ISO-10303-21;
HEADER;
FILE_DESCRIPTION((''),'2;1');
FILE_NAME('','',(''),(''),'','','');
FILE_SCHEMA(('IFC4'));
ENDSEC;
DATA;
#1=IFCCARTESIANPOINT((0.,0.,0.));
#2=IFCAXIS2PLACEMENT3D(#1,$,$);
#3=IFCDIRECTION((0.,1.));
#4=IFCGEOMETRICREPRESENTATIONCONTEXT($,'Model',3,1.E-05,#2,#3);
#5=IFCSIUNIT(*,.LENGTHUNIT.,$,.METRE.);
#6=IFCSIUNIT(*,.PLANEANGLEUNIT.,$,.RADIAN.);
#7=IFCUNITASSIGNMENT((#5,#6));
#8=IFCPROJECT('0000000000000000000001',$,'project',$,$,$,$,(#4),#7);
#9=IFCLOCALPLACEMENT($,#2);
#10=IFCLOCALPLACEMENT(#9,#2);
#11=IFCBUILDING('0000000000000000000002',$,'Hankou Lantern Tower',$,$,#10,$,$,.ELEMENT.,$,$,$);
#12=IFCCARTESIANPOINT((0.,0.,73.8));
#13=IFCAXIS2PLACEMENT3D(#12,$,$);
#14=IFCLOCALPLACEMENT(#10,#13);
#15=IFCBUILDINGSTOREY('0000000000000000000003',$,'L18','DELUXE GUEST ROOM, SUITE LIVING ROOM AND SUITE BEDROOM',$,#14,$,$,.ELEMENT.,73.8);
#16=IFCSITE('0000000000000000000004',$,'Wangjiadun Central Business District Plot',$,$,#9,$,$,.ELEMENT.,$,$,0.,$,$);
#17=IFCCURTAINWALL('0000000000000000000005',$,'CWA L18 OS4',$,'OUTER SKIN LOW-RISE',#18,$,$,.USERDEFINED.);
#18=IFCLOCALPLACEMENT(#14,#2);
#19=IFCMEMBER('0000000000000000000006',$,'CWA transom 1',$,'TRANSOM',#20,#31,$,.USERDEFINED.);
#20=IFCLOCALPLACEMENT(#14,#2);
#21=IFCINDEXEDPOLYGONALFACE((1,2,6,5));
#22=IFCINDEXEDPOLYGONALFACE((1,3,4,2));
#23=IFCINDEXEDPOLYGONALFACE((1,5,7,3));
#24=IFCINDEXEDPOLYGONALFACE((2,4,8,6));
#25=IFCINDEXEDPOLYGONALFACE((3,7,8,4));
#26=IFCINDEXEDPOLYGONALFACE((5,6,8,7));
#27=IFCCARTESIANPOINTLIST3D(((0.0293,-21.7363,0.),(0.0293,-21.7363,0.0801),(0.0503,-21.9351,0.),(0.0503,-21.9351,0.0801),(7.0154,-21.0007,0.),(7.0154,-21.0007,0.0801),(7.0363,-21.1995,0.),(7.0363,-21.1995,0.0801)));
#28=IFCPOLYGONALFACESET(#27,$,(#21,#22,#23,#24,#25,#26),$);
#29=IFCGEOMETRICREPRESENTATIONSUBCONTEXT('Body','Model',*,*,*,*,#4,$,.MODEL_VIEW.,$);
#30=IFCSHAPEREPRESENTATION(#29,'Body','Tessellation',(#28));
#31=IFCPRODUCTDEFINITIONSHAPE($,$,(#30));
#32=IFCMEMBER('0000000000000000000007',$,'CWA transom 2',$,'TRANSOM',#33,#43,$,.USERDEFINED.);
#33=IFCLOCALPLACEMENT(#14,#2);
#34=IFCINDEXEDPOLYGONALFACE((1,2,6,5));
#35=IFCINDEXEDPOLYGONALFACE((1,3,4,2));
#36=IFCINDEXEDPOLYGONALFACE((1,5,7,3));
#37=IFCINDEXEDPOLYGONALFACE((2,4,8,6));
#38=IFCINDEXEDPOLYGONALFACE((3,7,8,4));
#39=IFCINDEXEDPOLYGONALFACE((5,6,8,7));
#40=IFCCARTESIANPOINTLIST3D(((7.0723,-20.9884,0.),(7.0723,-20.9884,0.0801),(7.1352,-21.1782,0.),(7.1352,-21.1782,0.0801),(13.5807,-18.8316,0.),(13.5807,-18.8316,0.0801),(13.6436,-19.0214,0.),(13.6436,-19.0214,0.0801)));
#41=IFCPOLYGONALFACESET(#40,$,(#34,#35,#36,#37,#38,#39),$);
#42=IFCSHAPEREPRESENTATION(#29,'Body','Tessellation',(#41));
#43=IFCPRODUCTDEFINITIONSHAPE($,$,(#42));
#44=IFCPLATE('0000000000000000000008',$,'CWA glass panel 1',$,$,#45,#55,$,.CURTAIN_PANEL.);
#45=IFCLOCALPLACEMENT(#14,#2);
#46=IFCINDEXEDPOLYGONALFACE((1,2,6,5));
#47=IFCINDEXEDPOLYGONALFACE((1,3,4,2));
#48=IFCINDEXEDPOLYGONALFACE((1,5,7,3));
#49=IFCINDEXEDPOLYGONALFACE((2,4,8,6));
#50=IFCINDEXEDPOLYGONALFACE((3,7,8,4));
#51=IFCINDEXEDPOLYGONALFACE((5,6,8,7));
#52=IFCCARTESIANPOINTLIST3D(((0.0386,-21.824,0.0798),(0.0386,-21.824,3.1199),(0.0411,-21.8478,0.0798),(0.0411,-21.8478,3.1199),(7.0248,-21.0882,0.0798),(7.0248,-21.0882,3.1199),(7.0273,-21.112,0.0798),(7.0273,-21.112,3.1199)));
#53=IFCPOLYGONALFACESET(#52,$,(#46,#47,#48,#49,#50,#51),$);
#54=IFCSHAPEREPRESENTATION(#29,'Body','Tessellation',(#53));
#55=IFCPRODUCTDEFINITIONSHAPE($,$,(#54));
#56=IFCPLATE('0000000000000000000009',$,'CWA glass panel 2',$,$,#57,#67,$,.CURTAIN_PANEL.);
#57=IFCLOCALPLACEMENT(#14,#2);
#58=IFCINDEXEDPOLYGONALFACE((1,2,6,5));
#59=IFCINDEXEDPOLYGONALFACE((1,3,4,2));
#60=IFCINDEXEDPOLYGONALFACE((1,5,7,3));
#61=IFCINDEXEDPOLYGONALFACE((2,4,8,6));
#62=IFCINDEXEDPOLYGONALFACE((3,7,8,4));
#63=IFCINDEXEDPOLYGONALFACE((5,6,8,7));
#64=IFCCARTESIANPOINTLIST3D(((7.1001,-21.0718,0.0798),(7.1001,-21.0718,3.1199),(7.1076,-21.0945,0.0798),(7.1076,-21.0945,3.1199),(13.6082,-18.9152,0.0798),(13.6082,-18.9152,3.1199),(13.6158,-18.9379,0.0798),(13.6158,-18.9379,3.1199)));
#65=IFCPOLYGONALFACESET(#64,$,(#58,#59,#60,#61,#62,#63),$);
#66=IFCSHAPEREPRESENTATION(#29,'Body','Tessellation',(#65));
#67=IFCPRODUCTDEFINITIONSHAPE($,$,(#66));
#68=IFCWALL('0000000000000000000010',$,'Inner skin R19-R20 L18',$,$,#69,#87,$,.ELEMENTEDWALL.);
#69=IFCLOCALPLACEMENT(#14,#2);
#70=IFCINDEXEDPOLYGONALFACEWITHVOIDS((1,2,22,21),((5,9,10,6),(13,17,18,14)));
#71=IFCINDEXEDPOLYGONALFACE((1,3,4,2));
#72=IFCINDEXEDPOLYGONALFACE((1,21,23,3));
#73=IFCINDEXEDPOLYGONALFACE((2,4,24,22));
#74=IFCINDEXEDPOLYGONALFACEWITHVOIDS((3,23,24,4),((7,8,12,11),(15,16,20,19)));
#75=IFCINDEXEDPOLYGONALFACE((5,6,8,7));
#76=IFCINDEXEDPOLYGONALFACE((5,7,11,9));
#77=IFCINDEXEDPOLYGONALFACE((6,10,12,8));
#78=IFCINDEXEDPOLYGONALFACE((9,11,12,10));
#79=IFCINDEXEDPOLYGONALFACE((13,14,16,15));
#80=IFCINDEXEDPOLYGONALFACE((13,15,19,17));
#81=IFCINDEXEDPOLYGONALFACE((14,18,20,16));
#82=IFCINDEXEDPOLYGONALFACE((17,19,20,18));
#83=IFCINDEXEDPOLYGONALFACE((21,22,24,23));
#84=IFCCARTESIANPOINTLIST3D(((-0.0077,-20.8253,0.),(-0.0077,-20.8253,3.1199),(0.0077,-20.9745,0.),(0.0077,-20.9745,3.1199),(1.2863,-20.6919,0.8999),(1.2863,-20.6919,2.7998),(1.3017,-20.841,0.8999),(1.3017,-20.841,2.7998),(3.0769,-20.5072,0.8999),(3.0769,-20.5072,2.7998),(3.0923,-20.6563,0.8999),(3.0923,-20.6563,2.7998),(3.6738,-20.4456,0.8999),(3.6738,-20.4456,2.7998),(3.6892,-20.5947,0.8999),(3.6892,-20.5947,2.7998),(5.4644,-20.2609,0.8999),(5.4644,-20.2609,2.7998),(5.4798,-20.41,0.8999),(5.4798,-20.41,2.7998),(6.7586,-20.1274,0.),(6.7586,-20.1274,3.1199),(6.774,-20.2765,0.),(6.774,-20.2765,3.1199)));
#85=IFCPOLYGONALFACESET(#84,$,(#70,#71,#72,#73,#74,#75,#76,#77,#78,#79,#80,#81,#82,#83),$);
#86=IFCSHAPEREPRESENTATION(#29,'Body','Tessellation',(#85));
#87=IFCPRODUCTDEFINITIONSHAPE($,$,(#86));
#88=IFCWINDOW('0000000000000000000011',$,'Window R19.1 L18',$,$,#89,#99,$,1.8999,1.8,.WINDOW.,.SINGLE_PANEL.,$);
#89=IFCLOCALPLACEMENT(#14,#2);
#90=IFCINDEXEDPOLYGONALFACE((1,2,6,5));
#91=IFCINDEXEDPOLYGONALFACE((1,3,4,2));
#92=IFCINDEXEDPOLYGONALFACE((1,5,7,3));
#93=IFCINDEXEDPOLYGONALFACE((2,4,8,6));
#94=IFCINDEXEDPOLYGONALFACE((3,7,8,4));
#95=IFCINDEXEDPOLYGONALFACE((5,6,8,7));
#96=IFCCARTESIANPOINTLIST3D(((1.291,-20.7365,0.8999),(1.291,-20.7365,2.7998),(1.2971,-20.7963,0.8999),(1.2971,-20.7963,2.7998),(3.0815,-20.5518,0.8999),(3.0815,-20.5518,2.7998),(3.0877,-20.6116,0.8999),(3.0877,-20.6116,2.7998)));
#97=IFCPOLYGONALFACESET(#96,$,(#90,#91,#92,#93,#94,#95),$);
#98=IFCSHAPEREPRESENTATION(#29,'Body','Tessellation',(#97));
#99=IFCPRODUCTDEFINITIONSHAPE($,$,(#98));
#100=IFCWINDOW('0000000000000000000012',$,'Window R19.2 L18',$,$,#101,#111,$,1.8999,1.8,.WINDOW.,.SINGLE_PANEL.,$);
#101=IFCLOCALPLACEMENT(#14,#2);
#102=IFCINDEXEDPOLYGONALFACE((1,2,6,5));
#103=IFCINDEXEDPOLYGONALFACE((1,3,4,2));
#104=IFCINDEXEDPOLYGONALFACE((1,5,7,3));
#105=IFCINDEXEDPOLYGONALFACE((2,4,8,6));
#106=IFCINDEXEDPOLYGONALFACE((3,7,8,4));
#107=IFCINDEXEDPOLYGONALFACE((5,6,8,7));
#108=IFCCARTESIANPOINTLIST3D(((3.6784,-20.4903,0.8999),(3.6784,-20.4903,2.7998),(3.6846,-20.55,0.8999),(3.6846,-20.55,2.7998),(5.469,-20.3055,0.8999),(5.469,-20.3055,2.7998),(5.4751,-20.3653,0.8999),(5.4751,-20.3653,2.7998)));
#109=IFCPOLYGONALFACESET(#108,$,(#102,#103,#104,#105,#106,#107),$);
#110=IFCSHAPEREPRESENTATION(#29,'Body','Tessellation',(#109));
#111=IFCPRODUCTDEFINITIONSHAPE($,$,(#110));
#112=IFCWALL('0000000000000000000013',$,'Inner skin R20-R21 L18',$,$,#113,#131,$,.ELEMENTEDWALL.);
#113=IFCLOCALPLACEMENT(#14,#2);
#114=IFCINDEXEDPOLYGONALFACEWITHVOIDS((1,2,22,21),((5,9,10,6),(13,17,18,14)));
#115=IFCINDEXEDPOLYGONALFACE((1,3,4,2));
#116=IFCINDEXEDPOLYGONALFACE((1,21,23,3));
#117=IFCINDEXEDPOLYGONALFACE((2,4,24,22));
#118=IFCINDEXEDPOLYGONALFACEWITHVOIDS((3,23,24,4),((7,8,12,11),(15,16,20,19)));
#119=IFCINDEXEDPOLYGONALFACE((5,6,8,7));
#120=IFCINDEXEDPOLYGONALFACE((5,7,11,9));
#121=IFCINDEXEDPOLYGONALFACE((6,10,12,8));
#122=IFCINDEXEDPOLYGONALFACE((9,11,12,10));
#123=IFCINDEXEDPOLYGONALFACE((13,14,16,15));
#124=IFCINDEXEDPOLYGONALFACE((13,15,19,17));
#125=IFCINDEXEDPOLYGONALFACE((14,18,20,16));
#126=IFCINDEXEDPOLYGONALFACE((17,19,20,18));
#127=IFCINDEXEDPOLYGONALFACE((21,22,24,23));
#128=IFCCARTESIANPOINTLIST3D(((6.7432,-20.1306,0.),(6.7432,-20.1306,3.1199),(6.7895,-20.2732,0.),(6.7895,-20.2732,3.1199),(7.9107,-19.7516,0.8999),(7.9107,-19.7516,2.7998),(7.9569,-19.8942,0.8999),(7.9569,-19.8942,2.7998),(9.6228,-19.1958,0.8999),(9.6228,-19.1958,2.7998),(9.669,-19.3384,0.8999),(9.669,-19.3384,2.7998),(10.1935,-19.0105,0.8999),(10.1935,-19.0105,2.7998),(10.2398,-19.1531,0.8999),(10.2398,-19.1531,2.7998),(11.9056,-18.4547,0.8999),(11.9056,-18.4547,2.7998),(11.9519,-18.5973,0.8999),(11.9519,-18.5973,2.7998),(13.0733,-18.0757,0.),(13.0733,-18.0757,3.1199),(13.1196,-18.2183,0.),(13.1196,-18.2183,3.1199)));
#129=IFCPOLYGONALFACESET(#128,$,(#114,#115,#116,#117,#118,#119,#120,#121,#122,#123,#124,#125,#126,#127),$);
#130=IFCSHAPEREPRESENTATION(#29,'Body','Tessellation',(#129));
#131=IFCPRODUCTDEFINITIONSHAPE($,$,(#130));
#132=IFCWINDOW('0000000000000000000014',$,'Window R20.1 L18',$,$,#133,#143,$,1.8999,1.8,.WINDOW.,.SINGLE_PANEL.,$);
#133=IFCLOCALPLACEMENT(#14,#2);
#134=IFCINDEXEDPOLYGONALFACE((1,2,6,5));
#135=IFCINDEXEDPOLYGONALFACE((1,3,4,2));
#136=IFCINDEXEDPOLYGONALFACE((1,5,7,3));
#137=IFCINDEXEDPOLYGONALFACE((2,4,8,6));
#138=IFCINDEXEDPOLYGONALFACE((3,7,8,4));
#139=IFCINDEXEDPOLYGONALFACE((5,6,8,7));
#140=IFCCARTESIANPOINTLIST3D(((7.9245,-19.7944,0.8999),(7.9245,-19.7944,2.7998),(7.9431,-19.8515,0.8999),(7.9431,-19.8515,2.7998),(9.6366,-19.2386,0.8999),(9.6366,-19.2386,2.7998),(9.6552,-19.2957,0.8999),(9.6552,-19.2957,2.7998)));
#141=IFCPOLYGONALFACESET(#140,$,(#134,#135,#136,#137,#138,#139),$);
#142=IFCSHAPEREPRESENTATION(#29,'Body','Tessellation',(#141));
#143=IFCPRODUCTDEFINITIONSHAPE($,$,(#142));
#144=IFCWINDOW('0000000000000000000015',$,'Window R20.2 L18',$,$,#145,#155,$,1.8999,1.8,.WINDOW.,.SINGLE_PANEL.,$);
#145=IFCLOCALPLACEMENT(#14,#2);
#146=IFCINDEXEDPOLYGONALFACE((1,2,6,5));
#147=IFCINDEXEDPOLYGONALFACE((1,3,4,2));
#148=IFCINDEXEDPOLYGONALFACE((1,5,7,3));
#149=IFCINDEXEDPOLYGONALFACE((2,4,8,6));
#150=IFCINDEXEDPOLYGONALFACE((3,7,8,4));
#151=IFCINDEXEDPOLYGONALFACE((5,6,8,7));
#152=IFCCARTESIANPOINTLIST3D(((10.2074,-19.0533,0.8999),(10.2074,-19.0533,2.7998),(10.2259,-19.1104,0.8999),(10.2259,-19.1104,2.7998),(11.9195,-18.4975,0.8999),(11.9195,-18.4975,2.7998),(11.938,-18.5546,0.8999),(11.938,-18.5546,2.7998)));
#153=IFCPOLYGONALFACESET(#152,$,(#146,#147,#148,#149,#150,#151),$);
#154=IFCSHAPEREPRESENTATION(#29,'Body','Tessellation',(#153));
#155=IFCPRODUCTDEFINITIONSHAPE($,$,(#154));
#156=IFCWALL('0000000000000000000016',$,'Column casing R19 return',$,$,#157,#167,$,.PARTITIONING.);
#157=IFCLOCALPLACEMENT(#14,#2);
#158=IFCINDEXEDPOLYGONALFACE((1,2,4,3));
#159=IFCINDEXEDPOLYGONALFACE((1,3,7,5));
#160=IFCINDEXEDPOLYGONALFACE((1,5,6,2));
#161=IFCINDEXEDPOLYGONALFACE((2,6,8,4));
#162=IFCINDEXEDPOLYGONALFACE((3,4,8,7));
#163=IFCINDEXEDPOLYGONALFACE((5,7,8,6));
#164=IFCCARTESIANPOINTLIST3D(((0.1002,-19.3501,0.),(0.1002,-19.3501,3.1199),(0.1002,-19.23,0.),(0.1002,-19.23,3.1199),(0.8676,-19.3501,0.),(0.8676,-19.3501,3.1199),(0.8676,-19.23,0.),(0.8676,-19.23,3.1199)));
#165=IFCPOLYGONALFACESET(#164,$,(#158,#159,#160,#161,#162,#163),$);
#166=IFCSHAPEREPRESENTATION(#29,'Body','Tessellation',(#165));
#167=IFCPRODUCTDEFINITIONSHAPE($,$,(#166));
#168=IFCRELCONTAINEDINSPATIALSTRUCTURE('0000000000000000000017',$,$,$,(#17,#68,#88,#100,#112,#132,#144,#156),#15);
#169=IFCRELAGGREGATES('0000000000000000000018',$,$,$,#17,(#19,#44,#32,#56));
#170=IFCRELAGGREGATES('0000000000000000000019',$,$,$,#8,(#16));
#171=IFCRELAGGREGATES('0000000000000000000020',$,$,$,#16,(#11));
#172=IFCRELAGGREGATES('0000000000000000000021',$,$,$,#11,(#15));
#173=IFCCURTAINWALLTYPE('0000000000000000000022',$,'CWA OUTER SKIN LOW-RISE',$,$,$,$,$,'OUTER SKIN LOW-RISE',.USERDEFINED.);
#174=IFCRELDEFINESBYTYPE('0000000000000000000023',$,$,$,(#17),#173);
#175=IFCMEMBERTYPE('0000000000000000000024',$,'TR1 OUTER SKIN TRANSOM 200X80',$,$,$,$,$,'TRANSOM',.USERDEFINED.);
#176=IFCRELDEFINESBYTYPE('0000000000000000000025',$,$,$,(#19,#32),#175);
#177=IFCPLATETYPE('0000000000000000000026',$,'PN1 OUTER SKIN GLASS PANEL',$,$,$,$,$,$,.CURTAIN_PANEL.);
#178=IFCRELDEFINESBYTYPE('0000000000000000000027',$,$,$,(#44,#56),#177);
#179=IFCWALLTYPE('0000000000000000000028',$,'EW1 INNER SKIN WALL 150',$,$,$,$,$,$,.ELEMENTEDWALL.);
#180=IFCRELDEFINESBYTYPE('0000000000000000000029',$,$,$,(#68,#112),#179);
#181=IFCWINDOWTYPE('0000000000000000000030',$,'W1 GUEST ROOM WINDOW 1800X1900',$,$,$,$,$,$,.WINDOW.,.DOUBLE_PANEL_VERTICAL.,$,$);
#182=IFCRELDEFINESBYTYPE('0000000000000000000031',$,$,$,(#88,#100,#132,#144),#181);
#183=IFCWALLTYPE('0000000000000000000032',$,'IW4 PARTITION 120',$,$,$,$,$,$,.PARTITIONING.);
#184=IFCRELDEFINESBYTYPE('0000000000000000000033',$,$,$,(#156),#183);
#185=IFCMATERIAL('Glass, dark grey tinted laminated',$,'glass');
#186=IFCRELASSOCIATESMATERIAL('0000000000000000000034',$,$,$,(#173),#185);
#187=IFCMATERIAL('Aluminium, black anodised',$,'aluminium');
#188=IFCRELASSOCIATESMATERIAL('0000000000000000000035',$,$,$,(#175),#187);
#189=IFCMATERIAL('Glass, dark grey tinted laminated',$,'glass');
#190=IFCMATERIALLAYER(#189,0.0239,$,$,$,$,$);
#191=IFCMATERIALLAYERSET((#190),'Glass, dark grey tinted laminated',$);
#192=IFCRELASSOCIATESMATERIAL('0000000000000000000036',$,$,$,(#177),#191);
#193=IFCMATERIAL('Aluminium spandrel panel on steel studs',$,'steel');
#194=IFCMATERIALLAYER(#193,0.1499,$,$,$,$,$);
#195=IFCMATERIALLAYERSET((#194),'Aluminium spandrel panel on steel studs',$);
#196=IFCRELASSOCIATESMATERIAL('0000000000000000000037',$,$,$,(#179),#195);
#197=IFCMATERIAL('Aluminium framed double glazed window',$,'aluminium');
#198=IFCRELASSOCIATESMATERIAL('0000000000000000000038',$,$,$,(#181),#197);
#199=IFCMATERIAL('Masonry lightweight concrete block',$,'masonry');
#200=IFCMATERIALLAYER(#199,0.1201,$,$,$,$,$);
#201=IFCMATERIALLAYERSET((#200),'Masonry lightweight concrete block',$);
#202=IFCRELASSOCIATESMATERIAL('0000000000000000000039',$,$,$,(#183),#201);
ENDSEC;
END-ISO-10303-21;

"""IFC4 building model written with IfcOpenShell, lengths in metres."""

from ifc_helpers import new_model, si_unit, direction, frame, frame_2d, origin, origin_2d, place, context, subcontext, project, spatial, rectangle, extrude, material, layer, layer_set, material_profile, profile_set, type_object, element, fill, aggregate, save


model = new_model("IFC4")

# Units and contexts
model_context = context("Model", 3, precision=1e-05, world=origin(), true_north=direction((0.0, 1.0)))
body_context = subcontext(model_context, "Body", "Model", "MODEL_VIEW")
ifc_project = project(units=[si_unit("LENGTHUNIT", "METRE"), si_unit("PLANEANGLEUNIT", "RADIAN")], contexts=[model_context])

# Site, building, storey
site_placement = place(None, origin())
site = spatial("IfcSite", under=ifc_project, at=site_placement, Name="Wangjiadun Central Business District Plot", CompositionType="ELEMENT", RefElevation=0.0)
building_placement = place(site_placement, origin())
building = spatial("IfcBuilding", under=site, at=building_placement, Name="Hankou Lantern Tower", CompositionType="ELEMENT")
storey_placement = place(building_placement, frame((0.0, 0.0, 73.8)))
storey = spatial("IfcBuildingStorey", under=building, at=storey_placement, Name="L18", Description="DELUXE GUEST ROOM, SUITE LIVING ROOM AND SUITE BEDROOM", CompositionType="ELEMENT", Elevation=73.8)

# Curtain wall
ifc_material_1 = material(Name="Glass, dark grey tinted laminated", Category="glass")
curtain_wall_type = type_object("IfcCurtainWallType", Name="CWA OUTER SKIN LOW-RISE", ElementType="OUTER SKIN LOW-RISE", PredefinedType="USERDEFINED", material=ifc_material_1)
curtain_wall_placement = place(storey_placement, origin())
curtain_wall = element("IfcCurtainWall", 1, at=curtain_wall_placement, inside=storey, type_object=curtain_wall_type, Name="CWA L18 OS4", ObjectType="OUTER SKIN LOW-RISE", PredefinedType="USERDEFINED")

# Members
ifc_material_2 = material(Name="Aluminium, black anodised", Category="aluminium")
ifc_material_profile_1 = material_profile(ifc_material_2, rectangle(XDim=0.2, YDim=0.0801, at=origin_2d()), Name="TR1 200X80")
ifc_profile_set_1 = profile_set([ifc_material_profile_1], Name="Aluminium, black anodised")
member_type_1 = type_object("IfcMemberType", Name="TR1 OUTER SKIN TRANSOM 200X80", ElementType="TRANSOM", PredefinedType="USERDEFINED", material=ifc_profile_set_1)
member_1_placement = place(storey_placement, frame((0.0398, -21.8357, 0.04), z_axis=(0.994502, 0.104716, 0.0), x_axis=(-0.104716, 0.994502, 0.0)))
member_1 = element("IfcMember", 2, at=member_1_placement, type_object=member_type_1, Name="CWA transom 1", ObjectType="TRANSOM", PredefinedType="USERDEFINED", context=body_context, shape_type="SweptSolid", body=[
    extrude(rectangle(XDim=0.2, YDim=0.0801, at=origin_2d()), origin(), (0.0, 0.0, 1.0), 7.0247),
])
member_2_placement = place(storey_placement, frame((7.1038, -21.0833, 0.04), z_axis=(0.949237, 0.314561, 0.0), x_axis=(-0.314561, 0.949237, 0.0)))
member_2 = element("IfcMember", 3, at=member_2_placement, type_object=member_type_1, Name="CWA transom 2", ObjectType="TRANSOM", PredefinedType="USERDEFINED", context=body_context, shape_type="SweptSolid", body=[
    extrude(rectangle(XDim=0.2, YDim=0.0801, at=origin_2d()), origin(), (0.0, 0.0, 1.0), 6.8564),
])

# Plates
ifc_material_3 = material(Name="Glass, dark grey tinted laminated", Category="glass")
ifc_layer_1 = layer(ifc_material_3, 0.0239)
ifc_layer_set_1 = layer_set([ifc_layer_1], Name="Glass, dark grey tinted laminated")
plate_type = type_object("IfcPlateType", Name="PN1 OUTER SKIN GLASS PANEL", PredefinedType="CURTAIN_PANEL", material=ifc_layer_set_1)
plate_1_placement = place(storey_placement, frame((3.533, -21.468, 0.0798), z_axis=(0.0, 0.0, 1.0), x_axis=(0.994499, 0.104743, 0.0)))
plate_1 = element("IfcPlate", 4, at=plate_1_placement, type_object=plate_type, Name="CWA glass panel 1", PredefinedType="CURTAIN_PANEL", context=body_context, shape_type="SweptSolid", body=[
    extrude(rectangle(XDim=7.0249, YDim=0.0239, at=origin_2d()), origin(), (0.0, 0.0, 1.0), 3.04),
])
plate_2_placement = place(storey_placement, frame((10.3579, -20.0049, 0.0798), z_axis=(0.0, 0.0, 1.0), x_axis=(0.949241, 0.314551, 0.0)))
plate_2 = element("IfcPlate", 5, at=plate_2_placement, type_object=plate_type, Name="CWA glass panel 2", PredefinedType="CURTAIN_PANEL", context=body_context, shape_type="SweptSolid", body=[
    extrude(rectangle(XDim=6.8562, YDim=0.0239, at=origin_2d()), origin(), (0.0, 0.0, 1.0), 3.04),
])
aggregate(curtain_wall, [member_1, plate_1, member_2, plate_2])

# Walls, openings, windows
ifc_material_4 = material(Name="Aluminium spandrel panel on steel studs", Category="steel")
ifc_layer_2 = layer(ifc_material_4, 0.1499)
ifc_layer_set_2 = layer_set([ifc_layer_2], Name="Aluminium spandrel panel on steel studs")
wall_type_1 = type_object("IfcWallType", Name="EW1 INNER SKIN WALL 150", PredefinedType="ELEMENTEDWALL", material=ifc_layer_set_2)
wall_1_placement = place(storey_placement, frame((0.0, -20.8999, 0.0), z_axis=(0.0, 0.0, 1.0), x_axis=(0.994721, 0.102613, 0.0)))
wall_1 = element("IfcWall", 6, at=wall_1_placement, inside=storey, type_object=wall_type_1, Name="Inner skin R19-R20 L18", PredefinedType="ELEMENTEDWALL", context=body_context, shape_type="SweptSolid", body=[
    extrude(rectangle(XDim=6.8022, YDim=0.1499, at=frame_2d((3.4011, 0.0))), origin(), (0.0, 0.0, 1.0), 3.1199),
])
opening_1_placement = place(wall_1_placement, frame((1.301, 0.0, 0.8999)))
opening_1 = element("IfcOpeningElement", 7, at=opening_1_placement, cuts=wall_1, PredefinedType="OPENING", context=body_context, shape_type="SweptSolid", body=[
    extrude(rectangle(XDim=1.8, YDim=1.8999, at=frame_2d((0.8999, 0.95))), frame((0.0, 0.085, 0.0), z_axis=(0.0, -1.0, 0.0), x_axis=(1.0, 0.0, 0.0)), (0.0, 0.0, 1.0), 0.1699),
])
opening_2_placement = place(wall_1_placement, frame((3.7012, 0.0, 0.8999)))
opening_2 = element("IfcOpeningElement", 8, at=opening_2_placement, cuts=wall_1, PredefinedType="OPENING", context=body_context, shape_type="SweptSolid", body=[
    extrude(rectangle(XDim=1.8, YDim=1.8999, at=frame_2d((0.8999, 0.95))), frame((0.0, 0.085, 0.0), z_axis=(0.0, -1.0, 0.0), x_axis=(1.0, 0.0, 0.0)), (0.0, 0.0, 1.0), 0.1699),
])
ifc_material_5 = material(Name="Aluminium framed double glazed window", Category="aluminium")
window_type = type_object("IfcWindowType", Name="W1 GUEST ROOM WINDOW 1800X1900", PartitioningType="DOUBLE_PANEL_VERTICAL", PredefinedType="WINDOW", material=ifc_material_5)
window_1_placement = place(opening_1_placement, origin())
window_1 = element("IfcWindow", 9, at=window_1_placement, inside=storey, type_object=window_type, Name="Window R19.1 L18", OverallHeight=1.8999, OverallWidth=1.8, PartitioningType="SINGLE_PANEL", PredefinedType="WINDOW", context=body_context, shape_type="SweptSolid", body=[
    extrude(rectangle(XDim=1.8, YDim=1.8999, at=frame_2d((0.8999, 0.95))), frame((0.0, 0.03, 0.0), z_axis=(0.0, -1.0, 0.0), x_axis=(1.0, 0.0, 0.0)), (0.0, 0.0, 1.0), 0.0601),
])
fill(opening_1, window_1)
window_2_placement = place(opening_2_placement, origin())
window_2 = element("IfcWindow", 10, at=window_2_placement, inside=storey, type_object=window_type, Name="Window R19.2 L18", OverallHeight=1.8999, OverallWidth=1.8, PartitioningType="SINGLE_PANEL", PredefinedType="WINDOW", context=body_context, shape_type="SweptSolid", body=[
    extrude(rectangle(XDim=1.8, YDim=1.8999, at=frame_2d((0.8999, 0.95))), frame((0.0, 0.03, 0.0), z_axis=(0.0, -1.0, 0.0), x_axis=(1.0, 0.0, 0.0)), (0.0, 0.0, 1.0), 0.0601),
])
fill(opening_2, window_2)
wall_2_placement = place(storey_placement, frame((6.7664, -20.2019, 0.0), z_axis=(0.0, 0.0, 1.0), x_axis=(0.951138, 0.308768, 0.0)))
wall_2 = element("IfcWall", 11, at=wall_2_placement, inside=storey, type_object=wall_type_1, Name="Inner skin R20-R21 L18", PredefinedType="ELEMENTEDWALL", context=body_context, shape_type="SweptSolid", body=[
    extrude(rectangle(XDim=6.6553, YDim=0.1499, at=frame_2d((3.3276, 0.0))), origin(), (0.0, 0.0, 1.0), 3.1199),
])
opening_3_placement = place(wall_2_placement, frame((1.2275, 0.0, 0.8999)))
opening_3 = element("IfcOpeningElement", 12, at=opening_3_placement, cuts=wall_2, PredefinedType="OPENING", context=body_context, shape_type="SweptSolid", body=[
    extrude(rectangle(XDim=1.8, YDim=1.8999, at=frame_2d((0.8999, 0.95))), frame((0.0, 0.085, 0.0), z_axis=(0.0, -1.0, 0.0), x_axis=(1.0, 0.0, 0.0)), (0.0, 0.0, 1.0), 0.1699),
])
opening_4_placement = place(wall_2_placement, frame((3.6277, 0.0, 0.8999)))
opening_4 = element("IfcOpeningElement", 13, at=opening_4_placement, cuts=wall_2, PredefinedType="OPENING", context=body_context, shape_type="SweptSolid", body=[
    extrude(rectangle(XDim=1.8, YDim=1.8999, at=frame_2d((0.8999, 0.95))), frame((0.0, 0.085, 0.0), z_axis=(0.0, -1.0, 0.0), x_axis=(1.0, 0.0, 0.0)), (0.0, 0.0, 1.0), 0.1699),
])
window_3_placement = place(opening_3_placement, origin())
window_3 = element("IfcWindow", 14, at=window_3_placement, inside=storey, type_object=window_type, Name="Window R20.1 L18", OverallHeight=1.8999, OverallWidth=1.8, PartitioningType="SINGLE_PANEL", PredefinedType="WINDOW", context=body_context, shape_type="SweptSolid", body=[
    extrude(rectangle(XDim=1.8, YDim=1.8999, at=frame_2d((0.8999, 0.95))), frame((0.0, 0.03, 0.0), z_axis=(0.0, -1.0, 0.0), x_axis=(1.0, 0.0, 0.0)), (0.0, 0.0, 1.0), 0.0601),
])
fill(opening_3, window_3)
window_4_placement = place(opening_4_placement, origin())
window_4 = element("IfcWindow", 15, at=window_4_placement, inside=storey, type_object=window_type, Name="Window R20.2 L18", OverallHeight=1.8999, OverallWidth=1.8, PartitioningType="SINGLE_PANEL", PredefinedType="WINDOW", context=body_context, shape_type="SweptSolid", body=[
    extrude(rectangle(XDim=1.8, YDim=1.8999, at=frame_2d((0.8999, 0.95))), frame((0.0, 0.03, 0.0), z_axis=(0.0, -1.0, 0.0), x_axis=(1.0, 0.0, 0.0)), (0.0, 0.0, 1.0), 0.0601),
])
fill(opening_4, window_4)

# Wall
ifc_material_6 = material(Name="Masonry lightweight concrete block", Category="masonry")
ifc_layer_3 = layer(ifc_material_6, 0.1201)
ifc_layer_set_3 = layer_set([ifc_layer_3], Name="Masonry lightweight concrete block")
wall_type_2 = type_object("IfcWallType", Name="IW4 PARTITION 120", PredefinedType="PARTITIONING", material=ifc_layer_set_3)
wall_3_placement = place(storey_placement, frame((0.1001, -19.29, 0.0), z_axis=(0.0, 0.0, 1.0), x_axis=(1.0, 0.0, 0.0)))
element("IfcWall", 16, at=wall_3_placement, inside=storey, type_object=wall_type_2, Name="Column casing R19 return", PredefinedType="PARTITIONING", context=body_context, shape_type="SweptSolid", body=[
    extrude(rectangle(XDim=0.7673, YDim=0.1201, at=frame_2d((0.3838, 0.0))), origin(), (0.0, 0.0, 1.0), 3.1199),
])

save(model, "model.ifc")
